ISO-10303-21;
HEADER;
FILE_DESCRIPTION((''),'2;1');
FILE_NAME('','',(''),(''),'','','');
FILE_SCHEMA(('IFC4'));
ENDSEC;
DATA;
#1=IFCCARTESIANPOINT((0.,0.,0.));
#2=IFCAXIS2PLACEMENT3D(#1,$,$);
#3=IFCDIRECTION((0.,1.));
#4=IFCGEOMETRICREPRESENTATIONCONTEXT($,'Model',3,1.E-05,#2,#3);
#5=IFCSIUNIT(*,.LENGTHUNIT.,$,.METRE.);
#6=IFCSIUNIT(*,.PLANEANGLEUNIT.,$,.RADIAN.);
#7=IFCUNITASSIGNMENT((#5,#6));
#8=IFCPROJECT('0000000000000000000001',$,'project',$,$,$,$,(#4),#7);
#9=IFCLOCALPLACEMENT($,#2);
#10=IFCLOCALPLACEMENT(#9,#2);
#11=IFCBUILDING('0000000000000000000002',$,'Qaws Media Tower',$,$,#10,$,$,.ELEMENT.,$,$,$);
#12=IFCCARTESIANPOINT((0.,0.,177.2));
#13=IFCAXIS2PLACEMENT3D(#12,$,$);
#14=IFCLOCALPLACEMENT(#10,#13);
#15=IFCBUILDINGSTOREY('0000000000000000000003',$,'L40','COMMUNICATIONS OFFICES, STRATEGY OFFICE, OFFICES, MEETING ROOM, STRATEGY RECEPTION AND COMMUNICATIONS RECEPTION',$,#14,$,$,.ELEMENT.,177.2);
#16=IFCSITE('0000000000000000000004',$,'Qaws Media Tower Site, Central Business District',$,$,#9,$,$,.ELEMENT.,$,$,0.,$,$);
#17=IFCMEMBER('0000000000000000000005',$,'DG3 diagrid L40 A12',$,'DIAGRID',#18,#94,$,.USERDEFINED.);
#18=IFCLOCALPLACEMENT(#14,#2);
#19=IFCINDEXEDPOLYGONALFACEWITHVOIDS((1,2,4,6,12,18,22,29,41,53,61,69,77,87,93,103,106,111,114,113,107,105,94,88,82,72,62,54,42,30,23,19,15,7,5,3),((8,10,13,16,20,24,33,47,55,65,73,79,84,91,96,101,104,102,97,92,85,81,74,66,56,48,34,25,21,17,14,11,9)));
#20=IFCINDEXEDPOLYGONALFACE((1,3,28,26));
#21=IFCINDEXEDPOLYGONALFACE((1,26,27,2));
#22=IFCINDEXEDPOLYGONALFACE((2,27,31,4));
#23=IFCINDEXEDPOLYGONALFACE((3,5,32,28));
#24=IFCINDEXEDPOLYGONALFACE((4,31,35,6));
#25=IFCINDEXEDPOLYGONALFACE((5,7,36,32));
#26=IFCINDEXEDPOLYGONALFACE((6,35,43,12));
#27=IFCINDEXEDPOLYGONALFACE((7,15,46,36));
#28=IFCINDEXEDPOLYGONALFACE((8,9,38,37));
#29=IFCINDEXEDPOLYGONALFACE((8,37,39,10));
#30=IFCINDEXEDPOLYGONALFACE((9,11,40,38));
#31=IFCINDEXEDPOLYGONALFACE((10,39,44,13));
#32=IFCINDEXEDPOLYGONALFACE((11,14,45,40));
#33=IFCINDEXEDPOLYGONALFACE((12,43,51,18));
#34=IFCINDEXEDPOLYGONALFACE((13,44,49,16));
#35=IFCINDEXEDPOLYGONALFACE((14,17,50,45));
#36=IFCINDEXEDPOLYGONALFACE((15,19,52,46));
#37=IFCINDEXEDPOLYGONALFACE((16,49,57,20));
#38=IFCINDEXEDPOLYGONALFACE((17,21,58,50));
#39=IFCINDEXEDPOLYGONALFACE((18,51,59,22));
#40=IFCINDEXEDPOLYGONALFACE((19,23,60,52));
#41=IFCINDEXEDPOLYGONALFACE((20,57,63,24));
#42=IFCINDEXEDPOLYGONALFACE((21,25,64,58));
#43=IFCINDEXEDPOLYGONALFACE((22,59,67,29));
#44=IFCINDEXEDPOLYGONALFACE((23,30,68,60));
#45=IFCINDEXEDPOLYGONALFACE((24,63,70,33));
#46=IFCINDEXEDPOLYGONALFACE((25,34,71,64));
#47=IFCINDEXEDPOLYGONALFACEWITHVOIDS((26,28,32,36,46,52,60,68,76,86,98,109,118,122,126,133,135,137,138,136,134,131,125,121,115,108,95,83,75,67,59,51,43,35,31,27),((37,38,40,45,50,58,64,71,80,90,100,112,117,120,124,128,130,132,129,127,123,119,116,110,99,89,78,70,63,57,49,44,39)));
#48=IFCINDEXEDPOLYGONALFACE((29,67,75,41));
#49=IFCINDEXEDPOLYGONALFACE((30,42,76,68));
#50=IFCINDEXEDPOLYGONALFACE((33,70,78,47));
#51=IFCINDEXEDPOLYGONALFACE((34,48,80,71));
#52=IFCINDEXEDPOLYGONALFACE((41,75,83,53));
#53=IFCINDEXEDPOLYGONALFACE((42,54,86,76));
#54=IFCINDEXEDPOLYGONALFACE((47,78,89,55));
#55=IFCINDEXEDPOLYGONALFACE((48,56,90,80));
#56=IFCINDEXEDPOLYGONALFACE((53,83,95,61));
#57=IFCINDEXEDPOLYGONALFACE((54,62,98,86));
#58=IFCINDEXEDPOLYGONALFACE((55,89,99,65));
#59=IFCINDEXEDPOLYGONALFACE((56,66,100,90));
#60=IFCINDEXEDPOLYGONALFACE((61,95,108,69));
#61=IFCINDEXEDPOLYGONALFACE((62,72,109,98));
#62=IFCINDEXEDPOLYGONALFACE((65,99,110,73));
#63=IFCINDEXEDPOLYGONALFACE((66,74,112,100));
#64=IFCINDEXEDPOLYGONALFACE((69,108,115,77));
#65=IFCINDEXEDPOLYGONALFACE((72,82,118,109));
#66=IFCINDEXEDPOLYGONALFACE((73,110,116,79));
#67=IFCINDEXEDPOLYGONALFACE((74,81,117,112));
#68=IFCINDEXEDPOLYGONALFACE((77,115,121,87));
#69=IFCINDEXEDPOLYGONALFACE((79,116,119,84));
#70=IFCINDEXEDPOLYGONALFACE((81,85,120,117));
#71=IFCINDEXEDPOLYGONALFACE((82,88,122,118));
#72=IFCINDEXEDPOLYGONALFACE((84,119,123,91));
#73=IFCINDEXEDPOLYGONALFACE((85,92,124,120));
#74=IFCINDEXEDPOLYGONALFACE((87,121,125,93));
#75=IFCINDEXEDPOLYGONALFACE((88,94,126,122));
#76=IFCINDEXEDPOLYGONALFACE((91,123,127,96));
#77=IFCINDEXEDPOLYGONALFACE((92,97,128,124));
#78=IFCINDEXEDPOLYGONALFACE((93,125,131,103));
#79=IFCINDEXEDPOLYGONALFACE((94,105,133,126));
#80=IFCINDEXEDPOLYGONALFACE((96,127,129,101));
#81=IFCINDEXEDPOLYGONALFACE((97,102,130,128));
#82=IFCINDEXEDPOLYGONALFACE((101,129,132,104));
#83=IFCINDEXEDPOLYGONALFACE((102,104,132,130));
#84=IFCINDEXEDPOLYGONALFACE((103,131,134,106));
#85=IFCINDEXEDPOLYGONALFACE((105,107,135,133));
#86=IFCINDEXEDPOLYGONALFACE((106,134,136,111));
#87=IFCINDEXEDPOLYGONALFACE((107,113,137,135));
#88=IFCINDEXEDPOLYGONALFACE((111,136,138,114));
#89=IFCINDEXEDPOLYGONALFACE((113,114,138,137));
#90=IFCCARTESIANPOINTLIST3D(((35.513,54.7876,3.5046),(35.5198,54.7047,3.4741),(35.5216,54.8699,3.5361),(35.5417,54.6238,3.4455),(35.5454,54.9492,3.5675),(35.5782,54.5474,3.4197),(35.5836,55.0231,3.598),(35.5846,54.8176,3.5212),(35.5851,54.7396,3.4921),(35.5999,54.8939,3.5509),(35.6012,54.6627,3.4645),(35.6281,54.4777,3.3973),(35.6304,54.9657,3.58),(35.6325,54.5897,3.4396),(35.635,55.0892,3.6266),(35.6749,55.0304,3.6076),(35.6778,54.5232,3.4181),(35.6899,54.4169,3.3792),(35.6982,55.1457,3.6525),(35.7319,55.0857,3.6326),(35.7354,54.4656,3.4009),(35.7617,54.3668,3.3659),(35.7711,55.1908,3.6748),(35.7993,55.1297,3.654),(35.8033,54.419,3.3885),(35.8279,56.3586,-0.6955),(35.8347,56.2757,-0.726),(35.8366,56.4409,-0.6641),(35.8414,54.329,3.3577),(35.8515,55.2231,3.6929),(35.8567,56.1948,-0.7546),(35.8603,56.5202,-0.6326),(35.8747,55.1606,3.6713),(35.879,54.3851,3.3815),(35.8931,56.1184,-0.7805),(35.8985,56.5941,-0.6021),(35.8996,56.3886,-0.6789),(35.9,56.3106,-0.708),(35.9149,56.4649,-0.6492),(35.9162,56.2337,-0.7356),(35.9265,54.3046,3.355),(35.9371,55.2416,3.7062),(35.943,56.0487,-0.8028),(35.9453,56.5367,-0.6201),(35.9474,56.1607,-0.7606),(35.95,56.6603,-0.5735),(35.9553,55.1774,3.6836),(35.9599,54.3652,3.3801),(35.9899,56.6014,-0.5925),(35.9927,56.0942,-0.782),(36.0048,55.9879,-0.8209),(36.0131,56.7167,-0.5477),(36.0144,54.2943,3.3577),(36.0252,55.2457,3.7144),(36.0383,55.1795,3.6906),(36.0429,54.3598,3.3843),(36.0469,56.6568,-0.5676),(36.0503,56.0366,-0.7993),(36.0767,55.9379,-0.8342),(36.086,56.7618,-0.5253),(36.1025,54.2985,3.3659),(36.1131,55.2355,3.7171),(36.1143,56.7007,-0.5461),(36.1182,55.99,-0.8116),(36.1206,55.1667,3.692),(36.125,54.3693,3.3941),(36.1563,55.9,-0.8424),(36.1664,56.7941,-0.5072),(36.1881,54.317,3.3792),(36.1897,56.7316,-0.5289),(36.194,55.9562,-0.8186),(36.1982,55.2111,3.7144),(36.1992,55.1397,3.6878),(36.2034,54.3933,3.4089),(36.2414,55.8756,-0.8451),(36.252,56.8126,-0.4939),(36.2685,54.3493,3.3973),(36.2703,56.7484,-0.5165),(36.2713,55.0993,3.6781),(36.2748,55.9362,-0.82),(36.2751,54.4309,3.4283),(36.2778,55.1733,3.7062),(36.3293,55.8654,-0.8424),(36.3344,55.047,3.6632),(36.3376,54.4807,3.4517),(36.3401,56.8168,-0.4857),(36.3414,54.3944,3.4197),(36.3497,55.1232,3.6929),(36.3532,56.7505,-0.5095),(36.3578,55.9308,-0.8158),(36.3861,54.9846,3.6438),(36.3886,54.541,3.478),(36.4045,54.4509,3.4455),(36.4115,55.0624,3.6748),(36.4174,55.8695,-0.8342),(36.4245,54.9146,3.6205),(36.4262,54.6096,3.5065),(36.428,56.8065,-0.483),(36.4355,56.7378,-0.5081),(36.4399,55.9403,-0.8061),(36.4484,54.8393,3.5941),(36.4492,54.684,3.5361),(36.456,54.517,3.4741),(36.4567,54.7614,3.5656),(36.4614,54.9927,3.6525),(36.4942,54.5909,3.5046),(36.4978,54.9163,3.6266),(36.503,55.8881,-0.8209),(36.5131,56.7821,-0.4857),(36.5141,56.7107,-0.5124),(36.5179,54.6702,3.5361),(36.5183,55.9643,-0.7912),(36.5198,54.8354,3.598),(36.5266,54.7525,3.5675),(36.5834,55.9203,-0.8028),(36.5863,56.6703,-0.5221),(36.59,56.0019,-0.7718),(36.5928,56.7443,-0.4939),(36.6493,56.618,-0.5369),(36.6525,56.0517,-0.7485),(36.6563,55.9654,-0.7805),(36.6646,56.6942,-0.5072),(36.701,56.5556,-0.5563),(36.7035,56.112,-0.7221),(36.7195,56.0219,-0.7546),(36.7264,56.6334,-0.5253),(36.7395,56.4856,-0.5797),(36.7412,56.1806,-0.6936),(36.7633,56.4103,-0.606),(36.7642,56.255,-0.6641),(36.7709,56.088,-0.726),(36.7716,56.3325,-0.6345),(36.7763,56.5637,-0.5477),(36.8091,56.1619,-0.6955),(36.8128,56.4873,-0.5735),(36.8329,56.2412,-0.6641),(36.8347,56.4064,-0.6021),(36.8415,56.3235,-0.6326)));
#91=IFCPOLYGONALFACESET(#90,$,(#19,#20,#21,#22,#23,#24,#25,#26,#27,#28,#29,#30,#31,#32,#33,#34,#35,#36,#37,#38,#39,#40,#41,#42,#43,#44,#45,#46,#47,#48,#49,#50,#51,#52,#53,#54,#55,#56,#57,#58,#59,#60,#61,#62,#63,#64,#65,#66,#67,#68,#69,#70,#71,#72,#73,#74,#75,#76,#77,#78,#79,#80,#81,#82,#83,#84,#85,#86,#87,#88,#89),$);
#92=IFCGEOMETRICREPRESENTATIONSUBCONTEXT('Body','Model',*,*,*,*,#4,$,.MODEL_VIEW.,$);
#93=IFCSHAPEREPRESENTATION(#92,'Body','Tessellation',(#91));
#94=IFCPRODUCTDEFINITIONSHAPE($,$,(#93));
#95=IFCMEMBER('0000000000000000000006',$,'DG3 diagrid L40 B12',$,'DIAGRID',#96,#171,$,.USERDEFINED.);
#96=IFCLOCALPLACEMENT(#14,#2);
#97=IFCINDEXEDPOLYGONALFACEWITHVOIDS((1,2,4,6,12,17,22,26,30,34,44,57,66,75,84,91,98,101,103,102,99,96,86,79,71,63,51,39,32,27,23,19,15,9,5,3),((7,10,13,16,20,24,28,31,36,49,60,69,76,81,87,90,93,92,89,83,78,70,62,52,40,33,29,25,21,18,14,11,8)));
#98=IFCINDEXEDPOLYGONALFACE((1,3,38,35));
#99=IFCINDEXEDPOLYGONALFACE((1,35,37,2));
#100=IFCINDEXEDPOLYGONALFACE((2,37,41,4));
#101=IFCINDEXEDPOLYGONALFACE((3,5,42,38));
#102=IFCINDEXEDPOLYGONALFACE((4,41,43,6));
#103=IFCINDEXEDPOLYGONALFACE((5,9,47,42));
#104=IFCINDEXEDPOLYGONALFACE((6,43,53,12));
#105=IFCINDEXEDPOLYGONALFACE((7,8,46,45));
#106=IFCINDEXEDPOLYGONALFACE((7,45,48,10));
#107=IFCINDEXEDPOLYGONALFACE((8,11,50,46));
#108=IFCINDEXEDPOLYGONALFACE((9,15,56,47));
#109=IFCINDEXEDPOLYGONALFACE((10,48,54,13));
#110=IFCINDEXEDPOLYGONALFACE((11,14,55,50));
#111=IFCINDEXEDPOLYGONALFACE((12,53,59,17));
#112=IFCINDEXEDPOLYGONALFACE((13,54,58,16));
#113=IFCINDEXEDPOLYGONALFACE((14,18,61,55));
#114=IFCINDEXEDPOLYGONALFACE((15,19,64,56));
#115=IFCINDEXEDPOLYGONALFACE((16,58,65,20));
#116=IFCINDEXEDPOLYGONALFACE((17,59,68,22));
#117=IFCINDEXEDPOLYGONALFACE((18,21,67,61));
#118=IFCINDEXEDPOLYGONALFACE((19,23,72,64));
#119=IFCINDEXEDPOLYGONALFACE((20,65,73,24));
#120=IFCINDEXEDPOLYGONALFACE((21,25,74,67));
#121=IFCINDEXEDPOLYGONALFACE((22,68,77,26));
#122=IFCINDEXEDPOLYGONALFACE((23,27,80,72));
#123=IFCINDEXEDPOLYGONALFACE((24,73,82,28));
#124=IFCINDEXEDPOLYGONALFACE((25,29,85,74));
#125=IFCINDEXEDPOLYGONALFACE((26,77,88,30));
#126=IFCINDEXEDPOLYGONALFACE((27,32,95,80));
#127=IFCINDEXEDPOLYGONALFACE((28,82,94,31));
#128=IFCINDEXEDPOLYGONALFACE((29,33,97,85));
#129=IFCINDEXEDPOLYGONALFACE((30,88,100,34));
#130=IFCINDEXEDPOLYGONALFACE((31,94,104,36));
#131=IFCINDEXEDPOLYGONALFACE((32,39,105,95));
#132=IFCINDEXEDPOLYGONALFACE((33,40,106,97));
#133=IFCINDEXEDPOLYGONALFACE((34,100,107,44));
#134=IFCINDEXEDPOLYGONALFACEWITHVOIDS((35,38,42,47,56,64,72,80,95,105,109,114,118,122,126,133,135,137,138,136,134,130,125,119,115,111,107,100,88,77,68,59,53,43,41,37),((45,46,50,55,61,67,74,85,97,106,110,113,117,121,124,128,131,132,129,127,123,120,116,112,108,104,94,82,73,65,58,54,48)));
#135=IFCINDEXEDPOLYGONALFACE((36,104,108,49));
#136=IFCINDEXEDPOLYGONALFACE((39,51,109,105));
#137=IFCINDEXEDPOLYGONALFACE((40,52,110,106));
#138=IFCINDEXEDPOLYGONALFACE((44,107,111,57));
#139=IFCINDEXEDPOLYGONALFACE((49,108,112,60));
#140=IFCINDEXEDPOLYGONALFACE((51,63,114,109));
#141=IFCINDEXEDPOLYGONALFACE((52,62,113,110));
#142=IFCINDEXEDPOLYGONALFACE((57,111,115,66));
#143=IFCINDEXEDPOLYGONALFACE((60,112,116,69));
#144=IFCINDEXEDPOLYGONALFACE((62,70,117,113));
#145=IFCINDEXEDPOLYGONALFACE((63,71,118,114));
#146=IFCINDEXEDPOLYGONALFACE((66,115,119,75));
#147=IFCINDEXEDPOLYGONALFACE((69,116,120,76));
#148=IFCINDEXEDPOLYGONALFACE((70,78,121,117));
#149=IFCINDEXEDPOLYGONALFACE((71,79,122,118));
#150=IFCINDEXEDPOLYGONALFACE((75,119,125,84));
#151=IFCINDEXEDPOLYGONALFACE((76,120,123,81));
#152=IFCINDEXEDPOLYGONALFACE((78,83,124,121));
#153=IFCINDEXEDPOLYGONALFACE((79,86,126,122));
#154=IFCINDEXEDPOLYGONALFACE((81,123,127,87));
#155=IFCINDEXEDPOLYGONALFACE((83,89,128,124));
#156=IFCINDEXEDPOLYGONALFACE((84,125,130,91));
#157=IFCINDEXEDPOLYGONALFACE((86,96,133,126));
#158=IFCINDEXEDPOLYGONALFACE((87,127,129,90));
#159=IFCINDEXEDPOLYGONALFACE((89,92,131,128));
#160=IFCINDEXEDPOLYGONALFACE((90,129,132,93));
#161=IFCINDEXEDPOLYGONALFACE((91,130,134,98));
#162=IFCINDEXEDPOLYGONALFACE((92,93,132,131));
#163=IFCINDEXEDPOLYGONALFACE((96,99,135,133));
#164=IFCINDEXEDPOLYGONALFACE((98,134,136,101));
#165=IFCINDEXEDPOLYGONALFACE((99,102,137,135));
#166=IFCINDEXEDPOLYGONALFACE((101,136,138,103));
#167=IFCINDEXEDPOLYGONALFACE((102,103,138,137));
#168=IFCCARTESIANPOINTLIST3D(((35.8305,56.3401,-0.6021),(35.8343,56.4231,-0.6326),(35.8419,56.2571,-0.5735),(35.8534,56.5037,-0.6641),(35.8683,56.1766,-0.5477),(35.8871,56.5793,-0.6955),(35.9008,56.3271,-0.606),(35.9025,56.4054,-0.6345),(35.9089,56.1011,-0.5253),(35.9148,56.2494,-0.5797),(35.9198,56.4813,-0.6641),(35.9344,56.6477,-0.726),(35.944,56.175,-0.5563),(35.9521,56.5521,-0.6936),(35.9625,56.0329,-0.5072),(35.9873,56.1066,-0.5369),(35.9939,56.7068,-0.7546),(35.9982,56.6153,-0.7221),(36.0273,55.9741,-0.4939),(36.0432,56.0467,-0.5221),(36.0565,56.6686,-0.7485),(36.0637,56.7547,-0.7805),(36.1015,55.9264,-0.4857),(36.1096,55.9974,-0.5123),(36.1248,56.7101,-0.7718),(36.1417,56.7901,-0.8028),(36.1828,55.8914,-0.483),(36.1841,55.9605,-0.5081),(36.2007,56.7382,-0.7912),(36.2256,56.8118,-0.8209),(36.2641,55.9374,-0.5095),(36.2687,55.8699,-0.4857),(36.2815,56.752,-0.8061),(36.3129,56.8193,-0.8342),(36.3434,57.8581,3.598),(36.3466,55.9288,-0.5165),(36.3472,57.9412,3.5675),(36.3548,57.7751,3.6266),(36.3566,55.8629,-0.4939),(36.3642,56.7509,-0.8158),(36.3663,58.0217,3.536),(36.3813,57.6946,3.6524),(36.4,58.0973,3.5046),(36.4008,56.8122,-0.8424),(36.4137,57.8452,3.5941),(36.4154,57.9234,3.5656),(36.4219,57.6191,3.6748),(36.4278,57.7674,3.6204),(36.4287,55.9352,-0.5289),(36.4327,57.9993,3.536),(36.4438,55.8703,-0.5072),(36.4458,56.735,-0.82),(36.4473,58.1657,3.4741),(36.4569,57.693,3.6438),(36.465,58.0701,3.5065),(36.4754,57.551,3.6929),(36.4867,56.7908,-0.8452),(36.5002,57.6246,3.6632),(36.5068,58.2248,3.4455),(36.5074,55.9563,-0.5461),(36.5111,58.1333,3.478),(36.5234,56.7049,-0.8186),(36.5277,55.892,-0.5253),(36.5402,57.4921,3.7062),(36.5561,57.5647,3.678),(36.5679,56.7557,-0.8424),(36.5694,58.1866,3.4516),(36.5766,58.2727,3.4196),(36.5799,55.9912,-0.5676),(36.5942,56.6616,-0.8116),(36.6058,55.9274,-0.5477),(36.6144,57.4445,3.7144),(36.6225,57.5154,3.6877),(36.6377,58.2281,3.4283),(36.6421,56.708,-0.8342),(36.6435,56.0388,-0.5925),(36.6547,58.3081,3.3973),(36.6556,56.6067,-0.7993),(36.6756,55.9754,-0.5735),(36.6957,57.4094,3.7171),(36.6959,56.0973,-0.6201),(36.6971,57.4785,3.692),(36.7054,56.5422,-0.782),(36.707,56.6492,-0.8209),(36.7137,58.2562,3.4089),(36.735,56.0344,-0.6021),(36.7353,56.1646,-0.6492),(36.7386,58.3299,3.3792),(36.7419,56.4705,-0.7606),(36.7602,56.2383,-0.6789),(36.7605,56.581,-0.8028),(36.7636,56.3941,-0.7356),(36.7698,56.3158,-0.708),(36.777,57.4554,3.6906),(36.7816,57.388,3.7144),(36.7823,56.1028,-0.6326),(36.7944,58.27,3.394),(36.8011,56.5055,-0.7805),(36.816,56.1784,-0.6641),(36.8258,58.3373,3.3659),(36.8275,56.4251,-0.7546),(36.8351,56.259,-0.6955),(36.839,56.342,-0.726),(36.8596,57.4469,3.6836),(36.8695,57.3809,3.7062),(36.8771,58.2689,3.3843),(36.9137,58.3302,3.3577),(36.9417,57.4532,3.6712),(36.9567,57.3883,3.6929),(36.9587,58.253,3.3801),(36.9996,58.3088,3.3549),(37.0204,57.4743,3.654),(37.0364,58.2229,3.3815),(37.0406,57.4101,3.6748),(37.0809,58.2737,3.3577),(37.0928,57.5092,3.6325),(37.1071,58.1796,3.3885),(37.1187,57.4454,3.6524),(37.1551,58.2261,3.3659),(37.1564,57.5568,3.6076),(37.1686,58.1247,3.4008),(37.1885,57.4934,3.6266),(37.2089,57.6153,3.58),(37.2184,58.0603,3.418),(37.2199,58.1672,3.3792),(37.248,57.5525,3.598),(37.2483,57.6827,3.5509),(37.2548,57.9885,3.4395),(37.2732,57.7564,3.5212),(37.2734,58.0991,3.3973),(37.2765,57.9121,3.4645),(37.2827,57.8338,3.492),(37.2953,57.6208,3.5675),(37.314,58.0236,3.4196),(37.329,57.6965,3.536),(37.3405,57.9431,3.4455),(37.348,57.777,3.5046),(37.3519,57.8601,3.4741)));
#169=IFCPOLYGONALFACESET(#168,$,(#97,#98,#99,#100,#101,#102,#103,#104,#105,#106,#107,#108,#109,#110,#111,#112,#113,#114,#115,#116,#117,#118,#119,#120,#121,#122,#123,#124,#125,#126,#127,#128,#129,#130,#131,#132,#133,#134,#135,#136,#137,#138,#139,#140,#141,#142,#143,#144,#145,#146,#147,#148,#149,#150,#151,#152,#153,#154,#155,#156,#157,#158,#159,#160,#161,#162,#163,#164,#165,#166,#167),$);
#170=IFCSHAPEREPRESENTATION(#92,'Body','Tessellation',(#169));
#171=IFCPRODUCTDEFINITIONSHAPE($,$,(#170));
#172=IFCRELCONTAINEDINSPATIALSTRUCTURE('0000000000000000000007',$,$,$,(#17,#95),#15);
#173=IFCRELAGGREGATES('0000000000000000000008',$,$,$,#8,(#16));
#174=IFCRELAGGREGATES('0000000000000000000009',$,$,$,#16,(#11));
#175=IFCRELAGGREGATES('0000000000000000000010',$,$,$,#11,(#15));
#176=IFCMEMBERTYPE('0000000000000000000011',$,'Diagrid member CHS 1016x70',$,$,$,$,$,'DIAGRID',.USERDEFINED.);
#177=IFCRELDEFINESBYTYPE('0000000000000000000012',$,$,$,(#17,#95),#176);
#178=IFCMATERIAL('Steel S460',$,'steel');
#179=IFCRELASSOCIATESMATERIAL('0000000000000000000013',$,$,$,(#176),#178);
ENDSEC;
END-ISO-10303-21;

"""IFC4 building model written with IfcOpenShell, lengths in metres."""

from ifc_helpers import new_model, si_unit, direction, frame, origin, origin_2d, place, context, subcontext, project, spatial, hollow_circle, extrude, material, material_profile, profile_set, type_object, element, save


model = new_model("IFC4")

# Units and contexts
model_context = context("Model", 3, precision=1e-05, world=origin(), true_north=direction((0.0, 1.0)))
body_context = subcontext(model_context, "Body", "Model", "MODEL_VIEW")
ifc_project = project(units=[si_unit("LENGTHUNIT", "METRE"), si_unit("PLANEANGLEUNIT", "RADIAN")], contexts=[model_context])

# Site, building, storey
site_placement = place(None, origin())
site = spatial("IfcSite", under=ifc_project, at=site_placement, Name="Qaws Media Tower Site, Central Business District", CompositionType="ELEMENT", RefElevation=0.0)
building_placement = place(site_placement, origin())
building = spatial("IfcBuilding", under=site, at=building_placement, Name="Qaws Media Tower", CompositionType="ELEMENT")
storey_placement = place(building_placement, frame((0.0, 0.0, 177.2)))
storey = spatial("IfcBuildingStorey", under=building, at=storey_placement, Name="L40", Description="COMMUNICATIONS OFFICES, STRATEGY OFFICE, OFFICES, MEETING ROOM, STRATEGY RECEPTION AND COMMUNICATIONS RECEPTION", CompositionType="ELEMENT", Elevation=177.2)

# Members
ifc_material_1 = material(Name="Steel S460", Category="steel")
ifc_material_profile_1 = material_profile(ifc_material_1, hollow_circle(Radius=0.5081, WallThickness=0.0701, at=origin_2d()), Name="CHS 1016x70")
ifc_profile_set_1 = profile_set([ifc_material_profile_1], Name="Steel S460")
member_type_1 = type_object("IfcMemberType", Name="Diagrid member CHS 1016x70", ElementType="DIAGRID", PredefinedType="USERDEFINED", material=ifc_profile_set_1)
for number, where, z_axis, x_axis, name in (
    (1, (36.3347, 56.3411, -0.6641), (-0.070058, -0.349475, 0.934323), (0.980493, -0.196556, 0.0), "DG3 diagrid L40 A12"),
    (2, (36.3347, 56.3411, -0.6641), (0.114101, 0.337688, 0.934317), (-0.94738, 0.32011, 0.0), "DG3 diagrid L40 B12"),
):
    element("IfcMember", number, at=place(storey_placement, frame(where, z_axis=z_axis, x_axis=x_axis)), inside=storey, type_object=member_type_1, Name=name, ObjectType="DIAGRID", PredefinedType="USERDEFINED", context=body_context, shape_type="SweptSolid", body=[
        extrude(hollow_circle(Radius=0.5081, WallThickness=0.0701, at=origin_2d()), origin(), (0.0, 0.0, 1.0), 4.4954),
    ])

save(model, "model.ifc")
